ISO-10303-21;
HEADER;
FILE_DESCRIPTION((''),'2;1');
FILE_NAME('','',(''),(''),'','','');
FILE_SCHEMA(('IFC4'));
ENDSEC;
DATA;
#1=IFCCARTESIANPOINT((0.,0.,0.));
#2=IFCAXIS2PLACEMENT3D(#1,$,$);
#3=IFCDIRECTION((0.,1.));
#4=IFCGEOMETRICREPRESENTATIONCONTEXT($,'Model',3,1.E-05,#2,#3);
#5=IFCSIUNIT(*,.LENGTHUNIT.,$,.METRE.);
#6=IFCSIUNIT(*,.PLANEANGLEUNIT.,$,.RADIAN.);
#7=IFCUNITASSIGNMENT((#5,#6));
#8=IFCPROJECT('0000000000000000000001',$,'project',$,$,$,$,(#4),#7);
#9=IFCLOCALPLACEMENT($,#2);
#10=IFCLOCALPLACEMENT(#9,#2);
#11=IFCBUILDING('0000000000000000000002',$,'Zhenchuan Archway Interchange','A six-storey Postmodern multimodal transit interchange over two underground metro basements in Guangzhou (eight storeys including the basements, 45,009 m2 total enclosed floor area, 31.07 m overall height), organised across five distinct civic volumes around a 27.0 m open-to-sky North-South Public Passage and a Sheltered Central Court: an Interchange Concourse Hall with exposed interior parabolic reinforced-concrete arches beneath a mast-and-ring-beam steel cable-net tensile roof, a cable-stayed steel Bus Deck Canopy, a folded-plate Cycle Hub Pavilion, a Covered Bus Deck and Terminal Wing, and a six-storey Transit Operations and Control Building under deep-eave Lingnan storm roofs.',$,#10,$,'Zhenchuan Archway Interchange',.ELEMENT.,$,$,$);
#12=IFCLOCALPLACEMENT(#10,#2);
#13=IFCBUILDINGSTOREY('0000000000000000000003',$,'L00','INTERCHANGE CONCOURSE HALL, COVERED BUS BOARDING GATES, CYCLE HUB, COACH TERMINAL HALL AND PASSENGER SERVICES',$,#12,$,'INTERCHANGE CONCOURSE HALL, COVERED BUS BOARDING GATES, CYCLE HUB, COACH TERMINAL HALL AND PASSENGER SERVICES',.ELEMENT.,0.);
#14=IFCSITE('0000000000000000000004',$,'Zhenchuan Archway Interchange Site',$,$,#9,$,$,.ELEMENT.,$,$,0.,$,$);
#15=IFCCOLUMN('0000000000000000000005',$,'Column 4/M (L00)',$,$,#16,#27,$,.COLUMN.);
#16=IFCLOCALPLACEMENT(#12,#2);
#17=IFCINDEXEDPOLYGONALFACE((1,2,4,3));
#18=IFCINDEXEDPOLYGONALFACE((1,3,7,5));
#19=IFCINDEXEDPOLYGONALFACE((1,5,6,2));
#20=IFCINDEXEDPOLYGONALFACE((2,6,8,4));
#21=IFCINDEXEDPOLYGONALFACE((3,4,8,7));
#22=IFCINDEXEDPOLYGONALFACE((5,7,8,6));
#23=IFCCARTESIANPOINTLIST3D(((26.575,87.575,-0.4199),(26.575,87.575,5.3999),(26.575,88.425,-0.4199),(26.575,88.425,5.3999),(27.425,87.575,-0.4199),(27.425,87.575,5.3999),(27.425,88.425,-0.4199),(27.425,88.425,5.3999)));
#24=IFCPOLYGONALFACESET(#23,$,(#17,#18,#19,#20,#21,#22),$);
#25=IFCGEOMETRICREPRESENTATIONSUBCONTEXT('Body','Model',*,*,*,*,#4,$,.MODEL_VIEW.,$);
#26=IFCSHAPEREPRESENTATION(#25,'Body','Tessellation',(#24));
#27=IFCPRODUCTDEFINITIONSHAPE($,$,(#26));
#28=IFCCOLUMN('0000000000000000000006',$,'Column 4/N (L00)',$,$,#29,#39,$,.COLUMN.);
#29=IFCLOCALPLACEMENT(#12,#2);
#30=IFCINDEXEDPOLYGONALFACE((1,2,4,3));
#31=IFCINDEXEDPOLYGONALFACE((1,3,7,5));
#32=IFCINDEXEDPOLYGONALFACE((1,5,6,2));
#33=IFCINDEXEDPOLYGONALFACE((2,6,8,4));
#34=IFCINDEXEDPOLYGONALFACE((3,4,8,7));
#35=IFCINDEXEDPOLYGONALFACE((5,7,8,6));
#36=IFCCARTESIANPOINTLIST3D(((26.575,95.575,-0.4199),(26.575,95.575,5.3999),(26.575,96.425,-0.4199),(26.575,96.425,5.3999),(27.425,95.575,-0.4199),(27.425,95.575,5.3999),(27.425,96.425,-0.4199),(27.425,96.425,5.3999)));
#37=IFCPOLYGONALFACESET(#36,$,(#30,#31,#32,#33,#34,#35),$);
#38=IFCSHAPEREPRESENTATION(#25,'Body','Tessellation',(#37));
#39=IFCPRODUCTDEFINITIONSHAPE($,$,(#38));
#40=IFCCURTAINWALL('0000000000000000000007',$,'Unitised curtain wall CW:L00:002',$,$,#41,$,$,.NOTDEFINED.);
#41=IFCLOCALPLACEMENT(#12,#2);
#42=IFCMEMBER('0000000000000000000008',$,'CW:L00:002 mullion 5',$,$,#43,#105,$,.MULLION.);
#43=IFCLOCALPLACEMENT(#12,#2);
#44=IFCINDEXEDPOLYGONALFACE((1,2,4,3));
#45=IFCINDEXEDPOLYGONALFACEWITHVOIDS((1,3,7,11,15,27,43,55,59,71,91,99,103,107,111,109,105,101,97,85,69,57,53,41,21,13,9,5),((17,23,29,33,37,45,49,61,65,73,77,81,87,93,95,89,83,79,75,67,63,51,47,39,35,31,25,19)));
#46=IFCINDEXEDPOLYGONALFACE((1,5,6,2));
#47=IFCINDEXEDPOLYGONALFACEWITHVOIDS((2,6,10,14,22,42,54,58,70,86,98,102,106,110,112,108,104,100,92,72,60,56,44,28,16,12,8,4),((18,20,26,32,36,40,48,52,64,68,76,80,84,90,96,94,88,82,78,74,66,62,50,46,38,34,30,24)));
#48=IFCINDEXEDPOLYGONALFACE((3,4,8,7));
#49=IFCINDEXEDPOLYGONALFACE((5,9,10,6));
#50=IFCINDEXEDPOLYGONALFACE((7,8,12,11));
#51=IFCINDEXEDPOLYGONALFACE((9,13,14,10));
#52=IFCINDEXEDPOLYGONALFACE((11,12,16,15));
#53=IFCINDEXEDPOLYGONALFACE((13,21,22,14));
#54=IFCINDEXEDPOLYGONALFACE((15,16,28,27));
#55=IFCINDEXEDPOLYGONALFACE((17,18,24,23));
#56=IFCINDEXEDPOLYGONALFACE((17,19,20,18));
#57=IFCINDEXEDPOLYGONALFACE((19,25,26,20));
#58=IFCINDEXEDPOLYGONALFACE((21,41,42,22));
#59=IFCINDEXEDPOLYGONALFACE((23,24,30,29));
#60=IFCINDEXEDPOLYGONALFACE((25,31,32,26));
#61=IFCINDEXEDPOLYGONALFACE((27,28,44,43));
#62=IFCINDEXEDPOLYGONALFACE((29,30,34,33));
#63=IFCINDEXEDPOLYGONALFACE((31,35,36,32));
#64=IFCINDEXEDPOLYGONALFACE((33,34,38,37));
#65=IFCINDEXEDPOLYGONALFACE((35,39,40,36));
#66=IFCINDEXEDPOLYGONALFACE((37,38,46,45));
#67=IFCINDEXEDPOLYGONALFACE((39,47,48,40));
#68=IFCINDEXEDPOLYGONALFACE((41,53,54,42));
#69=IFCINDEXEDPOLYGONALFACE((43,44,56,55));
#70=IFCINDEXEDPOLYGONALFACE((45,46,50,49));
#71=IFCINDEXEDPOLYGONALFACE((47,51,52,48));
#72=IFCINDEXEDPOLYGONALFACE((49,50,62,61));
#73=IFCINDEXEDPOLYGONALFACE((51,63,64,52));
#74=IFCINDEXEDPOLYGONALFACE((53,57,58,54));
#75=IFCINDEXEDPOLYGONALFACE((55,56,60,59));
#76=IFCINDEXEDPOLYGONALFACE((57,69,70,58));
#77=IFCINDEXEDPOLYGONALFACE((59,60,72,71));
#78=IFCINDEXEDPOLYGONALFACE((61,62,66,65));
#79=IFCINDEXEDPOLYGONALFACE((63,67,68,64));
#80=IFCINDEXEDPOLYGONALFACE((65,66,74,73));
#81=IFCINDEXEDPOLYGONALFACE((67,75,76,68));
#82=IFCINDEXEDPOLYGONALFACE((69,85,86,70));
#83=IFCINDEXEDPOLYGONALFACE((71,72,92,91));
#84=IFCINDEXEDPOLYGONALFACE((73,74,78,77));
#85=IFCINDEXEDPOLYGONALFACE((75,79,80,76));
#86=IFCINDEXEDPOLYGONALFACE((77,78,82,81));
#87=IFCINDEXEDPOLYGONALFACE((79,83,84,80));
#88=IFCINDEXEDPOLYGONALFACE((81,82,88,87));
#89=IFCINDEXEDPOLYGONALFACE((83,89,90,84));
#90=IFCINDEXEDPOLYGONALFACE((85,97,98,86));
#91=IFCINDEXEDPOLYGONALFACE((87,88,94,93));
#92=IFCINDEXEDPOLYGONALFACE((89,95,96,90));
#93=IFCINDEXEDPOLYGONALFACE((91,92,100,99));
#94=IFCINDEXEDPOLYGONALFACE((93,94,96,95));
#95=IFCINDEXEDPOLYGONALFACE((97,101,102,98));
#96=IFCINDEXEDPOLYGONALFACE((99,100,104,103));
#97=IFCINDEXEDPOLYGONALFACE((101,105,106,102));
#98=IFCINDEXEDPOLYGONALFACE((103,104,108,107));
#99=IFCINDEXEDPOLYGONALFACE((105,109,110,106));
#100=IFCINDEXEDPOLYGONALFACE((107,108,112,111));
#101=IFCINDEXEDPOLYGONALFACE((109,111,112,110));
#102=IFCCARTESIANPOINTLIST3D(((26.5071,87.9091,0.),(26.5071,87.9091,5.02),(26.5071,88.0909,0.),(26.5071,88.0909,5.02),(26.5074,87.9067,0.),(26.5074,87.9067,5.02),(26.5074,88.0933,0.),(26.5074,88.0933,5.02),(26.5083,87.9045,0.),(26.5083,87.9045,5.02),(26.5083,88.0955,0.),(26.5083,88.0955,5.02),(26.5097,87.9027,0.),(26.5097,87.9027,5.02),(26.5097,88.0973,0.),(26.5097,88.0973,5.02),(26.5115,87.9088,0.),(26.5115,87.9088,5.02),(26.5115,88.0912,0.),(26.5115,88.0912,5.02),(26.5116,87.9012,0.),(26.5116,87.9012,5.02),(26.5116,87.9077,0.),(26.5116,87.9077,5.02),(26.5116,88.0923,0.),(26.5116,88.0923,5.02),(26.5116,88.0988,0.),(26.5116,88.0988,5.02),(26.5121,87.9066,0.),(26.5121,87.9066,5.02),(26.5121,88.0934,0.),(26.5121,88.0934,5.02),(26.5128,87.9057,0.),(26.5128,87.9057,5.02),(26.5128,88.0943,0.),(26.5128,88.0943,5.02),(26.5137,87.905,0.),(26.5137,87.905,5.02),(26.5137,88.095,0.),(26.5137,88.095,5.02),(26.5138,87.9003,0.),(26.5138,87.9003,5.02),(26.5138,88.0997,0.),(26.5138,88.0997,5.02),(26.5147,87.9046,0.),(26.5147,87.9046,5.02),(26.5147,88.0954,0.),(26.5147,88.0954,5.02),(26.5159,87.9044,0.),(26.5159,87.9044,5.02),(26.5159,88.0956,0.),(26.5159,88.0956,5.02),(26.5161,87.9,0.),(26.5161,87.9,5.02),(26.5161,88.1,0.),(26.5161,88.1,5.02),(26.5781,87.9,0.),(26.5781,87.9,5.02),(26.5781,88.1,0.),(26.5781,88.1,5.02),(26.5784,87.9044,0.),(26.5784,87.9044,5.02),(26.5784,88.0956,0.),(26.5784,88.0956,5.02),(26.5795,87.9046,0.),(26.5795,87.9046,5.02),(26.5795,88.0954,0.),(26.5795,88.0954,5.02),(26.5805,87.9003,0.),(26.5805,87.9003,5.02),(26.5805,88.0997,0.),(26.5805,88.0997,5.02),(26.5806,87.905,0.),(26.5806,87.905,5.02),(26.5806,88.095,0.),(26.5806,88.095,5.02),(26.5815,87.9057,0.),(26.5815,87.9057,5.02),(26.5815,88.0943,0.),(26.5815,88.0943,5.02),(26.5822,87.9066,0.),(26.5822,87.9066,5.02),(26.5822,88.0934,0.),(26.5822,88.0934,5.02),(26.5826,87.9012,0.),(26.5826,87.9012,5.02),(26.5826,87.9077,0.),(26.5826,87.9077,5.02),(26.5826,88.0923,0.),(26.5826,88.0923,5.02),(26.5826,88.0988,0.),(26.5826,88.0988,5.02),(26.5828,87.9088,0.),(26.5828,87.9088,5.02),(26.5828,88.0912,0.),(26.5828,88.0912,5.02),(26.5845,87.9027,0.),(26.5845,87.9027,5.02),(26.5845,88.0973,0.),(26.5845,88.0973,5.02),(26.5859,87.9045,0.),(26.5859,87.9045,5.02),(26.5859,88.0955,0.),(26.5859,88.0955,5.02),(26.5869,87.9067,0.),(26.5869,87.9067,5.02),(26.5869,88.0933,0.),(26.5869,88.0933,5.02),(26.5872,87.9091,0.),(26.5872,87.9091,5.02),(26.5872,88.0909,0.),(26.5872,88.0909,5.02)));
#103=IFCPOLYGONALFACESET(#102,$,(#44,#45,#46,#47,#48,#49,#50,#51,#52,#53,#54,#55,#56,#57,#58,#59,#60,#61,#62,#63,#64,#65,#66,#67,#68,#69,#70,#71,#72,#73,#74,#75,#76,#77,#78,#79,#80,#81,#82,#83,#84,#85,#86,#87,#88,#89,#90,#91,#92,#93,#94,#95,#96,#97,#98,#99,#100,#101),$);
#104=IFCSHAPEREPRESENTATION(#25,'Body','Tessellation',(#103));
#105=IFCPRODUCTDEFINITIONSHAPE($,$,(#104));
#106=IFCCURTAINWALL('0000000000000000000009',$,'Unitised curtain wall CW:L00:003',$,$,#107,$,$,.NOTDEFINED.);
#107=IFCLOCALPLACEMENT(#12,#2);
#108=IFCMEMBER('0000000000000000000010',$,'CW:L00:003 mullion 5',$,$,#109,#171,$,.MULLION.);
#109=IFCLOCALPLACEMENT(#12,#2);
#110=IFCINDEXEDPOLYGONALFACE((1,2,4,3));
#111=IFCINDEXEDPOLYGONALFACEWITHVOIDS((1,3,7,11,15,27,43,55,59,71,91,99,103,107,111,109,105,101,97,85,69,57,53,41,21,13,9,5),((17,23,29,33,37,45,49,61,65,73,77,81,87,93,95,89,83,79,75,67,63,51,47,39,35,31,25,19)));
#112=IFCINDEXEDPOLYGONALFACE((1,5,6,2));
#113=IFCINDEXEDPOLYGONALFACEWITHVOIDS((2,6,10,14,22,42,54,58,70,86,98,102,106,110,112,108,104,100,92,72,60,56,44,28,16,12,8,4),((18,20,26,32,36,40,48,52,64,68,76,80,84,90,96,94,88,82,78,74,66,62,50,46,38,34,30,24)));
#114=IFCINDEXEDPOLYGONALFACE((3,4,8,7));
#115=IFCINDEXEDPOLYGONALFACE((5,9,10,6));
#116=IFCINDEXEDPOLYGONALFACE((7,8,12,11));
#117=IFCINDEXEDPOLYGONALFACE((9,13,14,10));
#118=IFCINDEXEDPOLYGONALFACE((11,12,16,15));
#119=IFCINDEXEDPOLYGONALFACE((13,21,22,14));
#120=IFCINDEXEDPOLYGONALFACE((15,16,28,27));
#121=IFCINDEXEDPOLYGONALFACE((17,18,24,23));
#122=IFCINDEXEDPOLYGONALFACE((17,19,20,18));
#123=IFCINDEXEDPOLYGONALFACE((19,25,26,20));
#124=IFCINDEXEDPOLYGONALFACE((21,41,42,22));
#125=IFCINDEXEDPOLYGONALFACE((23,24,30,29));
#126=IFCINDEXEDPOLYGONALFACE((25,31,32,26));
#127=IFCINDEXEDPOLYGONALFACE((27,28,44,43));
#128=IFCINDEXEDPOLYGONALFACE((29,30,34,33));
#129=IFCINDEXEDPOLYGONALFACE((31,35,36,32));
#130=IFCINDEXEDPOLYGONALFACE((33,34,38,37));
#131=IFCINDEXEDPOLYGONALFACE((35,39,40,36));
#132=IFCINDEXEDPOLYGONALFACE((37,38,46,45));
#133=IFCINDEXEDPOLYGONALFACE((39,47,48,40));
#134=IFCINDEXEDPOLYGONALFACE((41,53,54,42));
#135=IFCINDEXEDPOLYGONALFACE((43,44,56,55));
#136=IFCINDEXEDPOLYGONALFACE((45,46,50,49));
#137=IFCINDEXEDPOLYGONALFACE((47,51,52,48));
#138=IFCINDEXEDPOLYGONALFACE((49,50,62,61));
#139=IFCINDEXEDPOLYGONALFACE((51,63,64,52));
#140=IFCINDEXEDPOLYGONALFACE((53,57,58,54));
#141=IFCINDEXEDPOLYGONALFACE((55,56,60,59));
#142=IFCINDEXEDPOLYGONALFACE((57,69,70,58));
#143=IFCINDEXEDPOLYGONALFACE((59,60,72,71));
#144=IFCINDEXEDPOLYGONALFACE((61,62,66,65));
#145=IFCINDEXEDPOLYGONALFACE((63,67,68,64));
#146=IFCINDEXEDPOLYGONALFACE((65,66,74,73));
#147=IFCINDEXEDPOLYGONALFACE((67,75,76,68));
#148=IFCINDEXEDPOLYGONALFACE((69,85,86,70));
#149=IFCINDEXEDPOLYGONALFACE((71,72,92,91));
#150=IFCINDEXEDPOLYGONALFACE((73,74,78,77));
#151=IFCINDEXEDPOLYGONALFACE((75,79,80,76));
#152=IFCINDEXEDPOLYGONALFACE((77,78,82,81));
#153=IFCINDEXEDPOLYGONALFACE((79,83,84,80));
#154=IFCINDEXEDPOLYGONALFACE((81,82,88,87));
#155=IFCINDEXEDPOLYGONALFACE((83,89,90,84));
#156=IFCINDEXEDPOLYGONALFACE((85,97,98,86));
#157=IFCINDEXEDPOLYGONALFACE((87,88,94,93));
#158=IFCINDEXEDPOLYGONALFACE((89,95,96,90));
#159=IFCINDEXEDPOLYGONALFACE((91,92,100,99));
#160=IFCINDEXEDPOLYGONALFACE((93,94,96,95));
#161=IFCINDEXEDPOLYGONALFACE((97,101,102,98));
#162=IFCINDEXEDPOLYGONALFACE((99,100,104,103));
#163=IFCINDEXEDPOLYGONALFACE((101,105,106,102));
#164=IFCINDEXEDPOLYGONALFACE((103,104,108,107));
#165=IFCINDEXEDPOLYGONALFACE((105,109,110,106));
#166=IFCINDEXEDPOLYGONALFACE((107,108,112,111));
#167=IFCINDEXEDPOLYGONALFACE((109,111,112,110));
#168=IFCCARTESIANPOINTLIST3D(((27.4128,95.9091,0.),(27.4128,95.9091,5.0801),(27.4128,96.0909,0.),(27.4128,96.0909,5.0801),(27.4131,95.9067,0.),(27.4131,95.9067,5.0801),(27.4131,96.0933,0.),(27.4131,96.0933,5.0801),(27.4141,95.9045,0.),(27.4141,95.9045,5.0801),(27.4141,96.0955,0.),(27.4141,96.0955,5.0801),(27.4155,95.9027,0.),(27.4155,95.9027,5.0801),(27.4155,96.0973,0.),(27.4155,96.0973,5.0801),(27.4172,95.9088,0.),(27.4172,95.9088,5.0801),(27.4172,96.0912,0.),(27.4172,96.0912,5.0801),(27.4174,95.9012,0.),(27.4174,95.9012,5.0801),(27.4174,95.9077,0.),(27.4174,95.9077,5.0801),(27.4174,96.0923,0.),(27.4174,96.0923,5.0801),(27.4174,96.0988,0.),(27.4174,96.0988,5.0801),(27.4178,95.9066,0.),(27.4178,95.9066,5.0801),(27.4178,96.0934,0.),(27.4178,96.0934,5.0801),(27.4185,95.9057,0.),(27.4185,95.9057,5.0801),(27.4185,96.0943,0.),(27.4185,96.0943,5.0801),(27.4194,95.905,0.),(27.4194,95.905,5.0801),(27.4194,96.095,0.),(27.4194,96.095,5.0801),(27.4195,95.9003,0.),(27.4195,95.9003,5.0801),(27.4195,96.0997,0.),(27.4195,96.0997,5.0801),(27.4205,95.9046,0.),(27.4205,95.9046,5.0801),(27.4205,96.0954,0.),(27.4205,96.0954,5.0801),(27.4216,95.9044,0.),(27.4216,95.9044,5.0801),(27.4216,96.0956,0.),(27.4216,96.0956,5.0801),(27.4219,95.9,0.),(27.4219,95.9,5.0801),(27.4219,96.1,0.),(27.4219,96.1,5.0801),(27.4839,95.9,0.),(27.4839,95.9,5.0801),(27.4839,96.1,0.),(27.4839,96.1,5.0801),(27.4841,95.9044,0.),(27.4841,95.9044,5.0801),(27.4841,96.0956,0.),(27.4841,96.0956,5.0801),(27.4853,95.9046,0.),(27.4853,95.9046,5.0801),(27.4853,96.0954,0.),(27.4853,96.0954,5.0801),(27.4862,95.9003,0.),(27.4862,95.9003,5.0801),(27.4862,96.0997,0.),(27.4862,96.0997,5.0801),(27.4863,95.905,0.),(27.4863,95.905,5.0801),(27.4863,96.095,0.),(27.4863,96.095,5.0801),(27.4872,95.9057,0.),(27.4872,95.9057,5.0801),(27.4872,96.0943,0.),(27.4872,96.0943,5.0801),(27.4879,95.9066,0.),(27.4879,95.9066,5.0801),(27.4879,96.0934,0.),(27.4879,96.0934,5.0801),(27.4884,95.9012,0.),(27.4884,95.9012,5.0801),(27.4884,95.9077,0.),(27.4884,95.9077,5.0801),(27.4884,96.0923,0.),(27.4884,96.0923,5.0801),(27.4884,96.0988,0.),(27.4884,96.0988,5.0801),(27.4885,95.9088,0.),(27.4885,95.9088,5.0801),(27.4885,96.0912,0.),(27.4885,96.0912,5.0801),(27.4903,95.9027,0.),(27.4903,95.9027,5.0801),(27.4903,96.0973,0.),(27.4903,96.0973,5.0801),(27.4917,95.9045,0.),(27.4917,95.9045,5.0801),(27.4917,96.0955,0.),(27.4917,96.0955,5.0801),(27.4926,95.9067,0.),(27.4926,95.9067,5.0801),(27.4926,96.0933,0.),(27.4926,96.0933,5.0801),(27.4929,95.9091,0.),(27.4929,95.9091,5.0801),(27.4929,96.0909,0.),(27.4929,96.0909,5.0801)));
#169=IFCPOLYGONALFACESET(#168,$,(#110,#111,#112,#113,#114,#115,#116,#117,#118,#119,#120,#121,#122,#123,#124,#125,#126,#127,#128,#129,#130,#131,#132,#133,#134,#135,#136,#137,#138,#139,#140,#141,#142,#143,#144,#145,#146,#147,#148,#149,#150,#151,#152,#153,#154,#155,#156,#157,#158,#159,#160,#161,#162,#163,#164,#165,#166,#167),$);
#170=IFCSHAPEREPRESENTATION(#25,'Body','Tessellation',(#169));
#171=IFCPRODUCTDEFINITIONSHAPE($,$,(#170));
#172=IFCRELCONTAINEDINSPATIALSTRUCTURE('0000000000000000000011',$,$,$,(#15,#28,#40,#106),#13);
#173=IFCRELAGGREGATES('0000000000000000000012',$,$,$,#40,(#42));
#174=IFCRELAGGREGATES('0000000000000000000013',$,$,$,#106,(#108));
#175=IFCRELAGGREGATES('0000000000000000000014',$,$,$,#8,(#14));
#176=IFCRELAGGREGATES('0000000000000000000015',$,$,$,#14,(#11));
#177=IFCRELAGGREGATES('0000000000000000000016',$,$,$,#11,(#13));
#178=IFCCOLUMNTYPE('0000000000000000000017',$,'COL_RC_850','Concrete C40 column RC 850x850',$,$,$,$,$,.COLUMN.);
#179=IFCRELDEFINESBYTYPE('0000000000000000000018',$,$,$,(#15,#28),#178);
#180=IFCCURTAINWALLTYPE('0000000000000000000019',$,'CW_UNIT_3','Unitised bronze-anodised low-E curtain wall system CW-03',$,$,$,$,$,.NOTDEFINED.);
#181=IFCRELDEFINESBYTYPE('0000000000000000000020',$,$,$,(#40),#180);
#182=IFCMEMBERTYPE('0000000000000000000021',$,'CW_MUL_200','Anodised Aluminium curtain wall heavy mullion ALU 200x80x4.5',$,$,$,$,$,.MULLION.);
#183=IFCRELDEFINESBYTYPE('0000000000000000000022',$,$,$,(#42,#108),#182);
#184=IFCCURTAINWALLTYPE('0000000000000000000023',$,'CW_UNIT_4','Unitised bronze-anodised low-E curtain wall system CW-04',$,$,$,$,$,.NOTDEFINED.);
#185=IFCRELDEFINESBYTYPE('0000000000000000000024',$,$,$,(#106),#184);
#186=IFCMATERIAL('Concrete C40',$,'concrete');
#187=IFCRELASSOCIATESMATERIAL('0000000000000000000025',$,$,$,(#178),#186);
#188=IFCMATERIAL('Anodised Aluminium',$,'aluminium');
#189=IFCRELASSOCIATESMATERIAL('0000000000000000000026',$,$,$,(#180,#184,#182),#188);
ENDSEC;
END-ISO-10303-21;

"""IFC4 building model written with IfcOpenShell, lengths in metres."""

from ifc_helpers import new_model, si_unit, direction, frame, origin, origin_2d, place, context, subcontext, project, spatial, rectangle, hollow_rectangle, extrude, material, material_profile, profile_set, type_object, element, aggregate, save


model = new_model("IFC4")

# Units and contexts
model_context = context("Model", 3, precision=1e-05, world=origin(), true_north=direction((0.0, 1.0)))
body_context = subcontext(model_context, "Body", "Model", "MODEL_VIEW")
ifc_project = project(units=[si_unit("LENGTHUNIT", "METRE"), si_unit("PLANEANGLEUNIT", "RADIAN")], contexts=[model_context])

# Site, building, storey
site_placement = place(None, origin())
site = spatial("IfcSite", under=ifc_project, at=site_placement, Name="Zhenchuan Archway Interchange Site", CompositionType="ELEMENT", RefElevation=0.0)
building_placement = place(site_placement, origin())
building = spatial("IfcBuilding", under=site, at=building_placement, Name="Zhenchuan Archway Interchange", Description="A six-storey Postmodern multimodal transit interchange over two underground metro basements in Guangzhou (eight storeys including the basements, 45,009 m2 total enclosed floor area, 31.07 m overall height), organised across five distinct civic volumes around a 27.0 m open-to-sky North-South Public Passage and a Sheltered Central Court: an Interchange Concourse Hall with exposed interior parabolic reinforced-concrete arches beneath a mast-and-ring-beam steel cable-net tensile roof, a cable-stayed steel Bus Deck Canopy, a folded-plate Cycle Hub Pavilion, a Covered Bus Deck and Terminal Wing, and a six-storey Transit Operations and Control Building under deep-eave Lingnan storm roofs.", LongName="Zhenchuan Archway Interchange", CompositionType="ELEMENT")
storey_placement = place(building_placement, origin())
storey = spatial("IfcBuildingStorey", under=building, at=storey_placement, Name="L00", Description="INTERCHANGE CONCOURSE HALL, COVERED BUS BOARDING GATES, CYCLE HUB, COACH TERMINAL HALL AND PASSENGER SERVICES", LongName="INTERCHANGE CONCOURSE HALL, COVERED BUS BOARDING GATES, CYCLE HUB, COACH TERMINAL HALL AND PASSENGER SERVICES", CompositionType="ELEMENT", Elevation=0.0)

# Shared definitions
ifc_material_1 = material(Name="Concrete C40", Category="concrete")

# Columns
ifc_material_profile_1 = material_profile(ifc_material_1, rectangle(XDim=0.8501, YDim=0.8501, at=origin_2d()), Name="RC 850x850")
ifc_profile_set_1 = profile_set([ifc_material_profile_1], Name="Concrete C40")
column_type = type_object("IfcColumnType", Name="COL_RC_850", Description="Concrete C40 column RC 850x850", PredefinedType="COLUMN", material=ifc_profile_set_1)
for number, where, z_axis, x_axis, name in (
    (1, (27.0, 88.0, -0.4199), (0.0, 0.0, 1.0), (1.0, 0.0, 0.0), "Column 4/M (L00)"),
    (2, (27.0, 96.0, -0.4199), (0.0, 0.0, 1.0), (1.0, 0.0, 0.0), "Column 4/N (L00)"),
):
    element("IfcColumn", number, at=place(storey_placement, frame(where, z_axis=z_axis, x_axis=x_axis)), inside=storey, type_object=column_type, Name=name, PredefinedType="COLUMN", context=body_context, shape_type="SweptSolid", body=[
        extrude(rectangle(XDim=0.8501, YDim=0.8501, at=origin_2d()), origin(), (0.0, 0.0, 1.0), 5.8198),
    ])

# Curtain wall, member
ifc_material_2 = material(Name="Anodised Aluminium", Category="aluminium")
curtain_wall_type_1 = type_object("IfcCurtainWallType", Name="CW_UNIT_3", Description="Unitised bronze-anodised low-E curtain wall system CW-03", PredefinedType="NOTDEFINED", material=ifc_material_2)
curtain_wall_1_placement = place(storey_placement, origin())
curtain_wall_1 = element("IfcCurtainWall", 3, at=curtain_wall_1_placement, inside=storey, type_object=curtain_wall_type_1, Name="Unitised curtain wall CW:L00:002", PredefinedType="NOTDEFINED")
ifc_material_profile_2 = material_profile(ifc_material_2, hollow_rectangle(XDim=0.0801, YDim=0.2, WallThickness=0.0044, InnerFilletRadius=0.0044, OuterFilletRadius=0.009, at=origin_2d()), Name="ALU 200x80x4.5")
ifc_profile_set_2 = profile_set([ifc_material_profile_2], Name="Anodised Aluminium")
member_type_1 = type_object("IfcMemberType", Name="CW_MUL_200", Description="Anodised Aluminium curtain wall heavy mullion ALU 200x80x4.5", PredefinedType="MULLION", material=ifc_profile_set_2)
member_1_placement = place(storey_placement, frame((26.5471, 88.0, 0.0), z_axis=(0.0, 0.0, 1.0), x_axis=(1.0, 0.0, 0.0)))
member_1 = element("IfcMember", 4, at=member_1_placement, type_object=member_type_1, Name="CW:L00:002 mullion 5", PredefinedType="MULLION", context=body_context, shape_type="SweptSolid", body=[
    extrude(hollow_rectangle(XDim=0.0801, YDim=0.2, WallThickness=0.0044, InnerFilletRadius=0.0044, OuterFilletRadius=0.009, at=origin_2d()), origin(), (0.0, 0.0, 1.0), 5.02),
])
aggregate(curtain_wall_1, [member_1])

# Curtain wall, member
curtain_wall_type_2 = type_object("IfcCurtainWallType", Name="CW_UNIT_4", Description="Unitised bronze-anodised low-E curtain wall system CW-04", PredefinedType="NOTDEFINED", material=ifc_material_2)
curtain_wall_2_placement = place(storey_placement, origin())
curtain_wall_2 = element("IfcCurtainWall", 5, at=curtain_wall_2_placement, inside=storey, type_object=curtain_wall_type_2, Name="Unitised curtain wall CW:L00:003", PredefinedType="NOTDEFINED")
member_2_placement = place(storey_placement, frame((27.4529, 96.0, 0.0), z_axis=(0.0, 0.0, 1.0), x_axis=(1.0, 0.0, 0.0)))
member_2 = element("IfcMember", 6, at=member_2_placement, type_object=member_type_1, Name="CW:L00:003 mullion 5", PredefinedType="MULLION", context=body_context, shape_type="SweptSolid", body=[
    extrude(hollow_rectangle(XDim=0.0801, YDim=0.2, WallThickness=0.0044, InnerFilletRadius=0.0044, OuterFilletRadius=0.009, at=origin_2d()), origin(), (0.0, 0.0, 1.0), 5.0801),
])

aggregate(curtain_wall_2, [member_2])

save(model, "model.ifc")
